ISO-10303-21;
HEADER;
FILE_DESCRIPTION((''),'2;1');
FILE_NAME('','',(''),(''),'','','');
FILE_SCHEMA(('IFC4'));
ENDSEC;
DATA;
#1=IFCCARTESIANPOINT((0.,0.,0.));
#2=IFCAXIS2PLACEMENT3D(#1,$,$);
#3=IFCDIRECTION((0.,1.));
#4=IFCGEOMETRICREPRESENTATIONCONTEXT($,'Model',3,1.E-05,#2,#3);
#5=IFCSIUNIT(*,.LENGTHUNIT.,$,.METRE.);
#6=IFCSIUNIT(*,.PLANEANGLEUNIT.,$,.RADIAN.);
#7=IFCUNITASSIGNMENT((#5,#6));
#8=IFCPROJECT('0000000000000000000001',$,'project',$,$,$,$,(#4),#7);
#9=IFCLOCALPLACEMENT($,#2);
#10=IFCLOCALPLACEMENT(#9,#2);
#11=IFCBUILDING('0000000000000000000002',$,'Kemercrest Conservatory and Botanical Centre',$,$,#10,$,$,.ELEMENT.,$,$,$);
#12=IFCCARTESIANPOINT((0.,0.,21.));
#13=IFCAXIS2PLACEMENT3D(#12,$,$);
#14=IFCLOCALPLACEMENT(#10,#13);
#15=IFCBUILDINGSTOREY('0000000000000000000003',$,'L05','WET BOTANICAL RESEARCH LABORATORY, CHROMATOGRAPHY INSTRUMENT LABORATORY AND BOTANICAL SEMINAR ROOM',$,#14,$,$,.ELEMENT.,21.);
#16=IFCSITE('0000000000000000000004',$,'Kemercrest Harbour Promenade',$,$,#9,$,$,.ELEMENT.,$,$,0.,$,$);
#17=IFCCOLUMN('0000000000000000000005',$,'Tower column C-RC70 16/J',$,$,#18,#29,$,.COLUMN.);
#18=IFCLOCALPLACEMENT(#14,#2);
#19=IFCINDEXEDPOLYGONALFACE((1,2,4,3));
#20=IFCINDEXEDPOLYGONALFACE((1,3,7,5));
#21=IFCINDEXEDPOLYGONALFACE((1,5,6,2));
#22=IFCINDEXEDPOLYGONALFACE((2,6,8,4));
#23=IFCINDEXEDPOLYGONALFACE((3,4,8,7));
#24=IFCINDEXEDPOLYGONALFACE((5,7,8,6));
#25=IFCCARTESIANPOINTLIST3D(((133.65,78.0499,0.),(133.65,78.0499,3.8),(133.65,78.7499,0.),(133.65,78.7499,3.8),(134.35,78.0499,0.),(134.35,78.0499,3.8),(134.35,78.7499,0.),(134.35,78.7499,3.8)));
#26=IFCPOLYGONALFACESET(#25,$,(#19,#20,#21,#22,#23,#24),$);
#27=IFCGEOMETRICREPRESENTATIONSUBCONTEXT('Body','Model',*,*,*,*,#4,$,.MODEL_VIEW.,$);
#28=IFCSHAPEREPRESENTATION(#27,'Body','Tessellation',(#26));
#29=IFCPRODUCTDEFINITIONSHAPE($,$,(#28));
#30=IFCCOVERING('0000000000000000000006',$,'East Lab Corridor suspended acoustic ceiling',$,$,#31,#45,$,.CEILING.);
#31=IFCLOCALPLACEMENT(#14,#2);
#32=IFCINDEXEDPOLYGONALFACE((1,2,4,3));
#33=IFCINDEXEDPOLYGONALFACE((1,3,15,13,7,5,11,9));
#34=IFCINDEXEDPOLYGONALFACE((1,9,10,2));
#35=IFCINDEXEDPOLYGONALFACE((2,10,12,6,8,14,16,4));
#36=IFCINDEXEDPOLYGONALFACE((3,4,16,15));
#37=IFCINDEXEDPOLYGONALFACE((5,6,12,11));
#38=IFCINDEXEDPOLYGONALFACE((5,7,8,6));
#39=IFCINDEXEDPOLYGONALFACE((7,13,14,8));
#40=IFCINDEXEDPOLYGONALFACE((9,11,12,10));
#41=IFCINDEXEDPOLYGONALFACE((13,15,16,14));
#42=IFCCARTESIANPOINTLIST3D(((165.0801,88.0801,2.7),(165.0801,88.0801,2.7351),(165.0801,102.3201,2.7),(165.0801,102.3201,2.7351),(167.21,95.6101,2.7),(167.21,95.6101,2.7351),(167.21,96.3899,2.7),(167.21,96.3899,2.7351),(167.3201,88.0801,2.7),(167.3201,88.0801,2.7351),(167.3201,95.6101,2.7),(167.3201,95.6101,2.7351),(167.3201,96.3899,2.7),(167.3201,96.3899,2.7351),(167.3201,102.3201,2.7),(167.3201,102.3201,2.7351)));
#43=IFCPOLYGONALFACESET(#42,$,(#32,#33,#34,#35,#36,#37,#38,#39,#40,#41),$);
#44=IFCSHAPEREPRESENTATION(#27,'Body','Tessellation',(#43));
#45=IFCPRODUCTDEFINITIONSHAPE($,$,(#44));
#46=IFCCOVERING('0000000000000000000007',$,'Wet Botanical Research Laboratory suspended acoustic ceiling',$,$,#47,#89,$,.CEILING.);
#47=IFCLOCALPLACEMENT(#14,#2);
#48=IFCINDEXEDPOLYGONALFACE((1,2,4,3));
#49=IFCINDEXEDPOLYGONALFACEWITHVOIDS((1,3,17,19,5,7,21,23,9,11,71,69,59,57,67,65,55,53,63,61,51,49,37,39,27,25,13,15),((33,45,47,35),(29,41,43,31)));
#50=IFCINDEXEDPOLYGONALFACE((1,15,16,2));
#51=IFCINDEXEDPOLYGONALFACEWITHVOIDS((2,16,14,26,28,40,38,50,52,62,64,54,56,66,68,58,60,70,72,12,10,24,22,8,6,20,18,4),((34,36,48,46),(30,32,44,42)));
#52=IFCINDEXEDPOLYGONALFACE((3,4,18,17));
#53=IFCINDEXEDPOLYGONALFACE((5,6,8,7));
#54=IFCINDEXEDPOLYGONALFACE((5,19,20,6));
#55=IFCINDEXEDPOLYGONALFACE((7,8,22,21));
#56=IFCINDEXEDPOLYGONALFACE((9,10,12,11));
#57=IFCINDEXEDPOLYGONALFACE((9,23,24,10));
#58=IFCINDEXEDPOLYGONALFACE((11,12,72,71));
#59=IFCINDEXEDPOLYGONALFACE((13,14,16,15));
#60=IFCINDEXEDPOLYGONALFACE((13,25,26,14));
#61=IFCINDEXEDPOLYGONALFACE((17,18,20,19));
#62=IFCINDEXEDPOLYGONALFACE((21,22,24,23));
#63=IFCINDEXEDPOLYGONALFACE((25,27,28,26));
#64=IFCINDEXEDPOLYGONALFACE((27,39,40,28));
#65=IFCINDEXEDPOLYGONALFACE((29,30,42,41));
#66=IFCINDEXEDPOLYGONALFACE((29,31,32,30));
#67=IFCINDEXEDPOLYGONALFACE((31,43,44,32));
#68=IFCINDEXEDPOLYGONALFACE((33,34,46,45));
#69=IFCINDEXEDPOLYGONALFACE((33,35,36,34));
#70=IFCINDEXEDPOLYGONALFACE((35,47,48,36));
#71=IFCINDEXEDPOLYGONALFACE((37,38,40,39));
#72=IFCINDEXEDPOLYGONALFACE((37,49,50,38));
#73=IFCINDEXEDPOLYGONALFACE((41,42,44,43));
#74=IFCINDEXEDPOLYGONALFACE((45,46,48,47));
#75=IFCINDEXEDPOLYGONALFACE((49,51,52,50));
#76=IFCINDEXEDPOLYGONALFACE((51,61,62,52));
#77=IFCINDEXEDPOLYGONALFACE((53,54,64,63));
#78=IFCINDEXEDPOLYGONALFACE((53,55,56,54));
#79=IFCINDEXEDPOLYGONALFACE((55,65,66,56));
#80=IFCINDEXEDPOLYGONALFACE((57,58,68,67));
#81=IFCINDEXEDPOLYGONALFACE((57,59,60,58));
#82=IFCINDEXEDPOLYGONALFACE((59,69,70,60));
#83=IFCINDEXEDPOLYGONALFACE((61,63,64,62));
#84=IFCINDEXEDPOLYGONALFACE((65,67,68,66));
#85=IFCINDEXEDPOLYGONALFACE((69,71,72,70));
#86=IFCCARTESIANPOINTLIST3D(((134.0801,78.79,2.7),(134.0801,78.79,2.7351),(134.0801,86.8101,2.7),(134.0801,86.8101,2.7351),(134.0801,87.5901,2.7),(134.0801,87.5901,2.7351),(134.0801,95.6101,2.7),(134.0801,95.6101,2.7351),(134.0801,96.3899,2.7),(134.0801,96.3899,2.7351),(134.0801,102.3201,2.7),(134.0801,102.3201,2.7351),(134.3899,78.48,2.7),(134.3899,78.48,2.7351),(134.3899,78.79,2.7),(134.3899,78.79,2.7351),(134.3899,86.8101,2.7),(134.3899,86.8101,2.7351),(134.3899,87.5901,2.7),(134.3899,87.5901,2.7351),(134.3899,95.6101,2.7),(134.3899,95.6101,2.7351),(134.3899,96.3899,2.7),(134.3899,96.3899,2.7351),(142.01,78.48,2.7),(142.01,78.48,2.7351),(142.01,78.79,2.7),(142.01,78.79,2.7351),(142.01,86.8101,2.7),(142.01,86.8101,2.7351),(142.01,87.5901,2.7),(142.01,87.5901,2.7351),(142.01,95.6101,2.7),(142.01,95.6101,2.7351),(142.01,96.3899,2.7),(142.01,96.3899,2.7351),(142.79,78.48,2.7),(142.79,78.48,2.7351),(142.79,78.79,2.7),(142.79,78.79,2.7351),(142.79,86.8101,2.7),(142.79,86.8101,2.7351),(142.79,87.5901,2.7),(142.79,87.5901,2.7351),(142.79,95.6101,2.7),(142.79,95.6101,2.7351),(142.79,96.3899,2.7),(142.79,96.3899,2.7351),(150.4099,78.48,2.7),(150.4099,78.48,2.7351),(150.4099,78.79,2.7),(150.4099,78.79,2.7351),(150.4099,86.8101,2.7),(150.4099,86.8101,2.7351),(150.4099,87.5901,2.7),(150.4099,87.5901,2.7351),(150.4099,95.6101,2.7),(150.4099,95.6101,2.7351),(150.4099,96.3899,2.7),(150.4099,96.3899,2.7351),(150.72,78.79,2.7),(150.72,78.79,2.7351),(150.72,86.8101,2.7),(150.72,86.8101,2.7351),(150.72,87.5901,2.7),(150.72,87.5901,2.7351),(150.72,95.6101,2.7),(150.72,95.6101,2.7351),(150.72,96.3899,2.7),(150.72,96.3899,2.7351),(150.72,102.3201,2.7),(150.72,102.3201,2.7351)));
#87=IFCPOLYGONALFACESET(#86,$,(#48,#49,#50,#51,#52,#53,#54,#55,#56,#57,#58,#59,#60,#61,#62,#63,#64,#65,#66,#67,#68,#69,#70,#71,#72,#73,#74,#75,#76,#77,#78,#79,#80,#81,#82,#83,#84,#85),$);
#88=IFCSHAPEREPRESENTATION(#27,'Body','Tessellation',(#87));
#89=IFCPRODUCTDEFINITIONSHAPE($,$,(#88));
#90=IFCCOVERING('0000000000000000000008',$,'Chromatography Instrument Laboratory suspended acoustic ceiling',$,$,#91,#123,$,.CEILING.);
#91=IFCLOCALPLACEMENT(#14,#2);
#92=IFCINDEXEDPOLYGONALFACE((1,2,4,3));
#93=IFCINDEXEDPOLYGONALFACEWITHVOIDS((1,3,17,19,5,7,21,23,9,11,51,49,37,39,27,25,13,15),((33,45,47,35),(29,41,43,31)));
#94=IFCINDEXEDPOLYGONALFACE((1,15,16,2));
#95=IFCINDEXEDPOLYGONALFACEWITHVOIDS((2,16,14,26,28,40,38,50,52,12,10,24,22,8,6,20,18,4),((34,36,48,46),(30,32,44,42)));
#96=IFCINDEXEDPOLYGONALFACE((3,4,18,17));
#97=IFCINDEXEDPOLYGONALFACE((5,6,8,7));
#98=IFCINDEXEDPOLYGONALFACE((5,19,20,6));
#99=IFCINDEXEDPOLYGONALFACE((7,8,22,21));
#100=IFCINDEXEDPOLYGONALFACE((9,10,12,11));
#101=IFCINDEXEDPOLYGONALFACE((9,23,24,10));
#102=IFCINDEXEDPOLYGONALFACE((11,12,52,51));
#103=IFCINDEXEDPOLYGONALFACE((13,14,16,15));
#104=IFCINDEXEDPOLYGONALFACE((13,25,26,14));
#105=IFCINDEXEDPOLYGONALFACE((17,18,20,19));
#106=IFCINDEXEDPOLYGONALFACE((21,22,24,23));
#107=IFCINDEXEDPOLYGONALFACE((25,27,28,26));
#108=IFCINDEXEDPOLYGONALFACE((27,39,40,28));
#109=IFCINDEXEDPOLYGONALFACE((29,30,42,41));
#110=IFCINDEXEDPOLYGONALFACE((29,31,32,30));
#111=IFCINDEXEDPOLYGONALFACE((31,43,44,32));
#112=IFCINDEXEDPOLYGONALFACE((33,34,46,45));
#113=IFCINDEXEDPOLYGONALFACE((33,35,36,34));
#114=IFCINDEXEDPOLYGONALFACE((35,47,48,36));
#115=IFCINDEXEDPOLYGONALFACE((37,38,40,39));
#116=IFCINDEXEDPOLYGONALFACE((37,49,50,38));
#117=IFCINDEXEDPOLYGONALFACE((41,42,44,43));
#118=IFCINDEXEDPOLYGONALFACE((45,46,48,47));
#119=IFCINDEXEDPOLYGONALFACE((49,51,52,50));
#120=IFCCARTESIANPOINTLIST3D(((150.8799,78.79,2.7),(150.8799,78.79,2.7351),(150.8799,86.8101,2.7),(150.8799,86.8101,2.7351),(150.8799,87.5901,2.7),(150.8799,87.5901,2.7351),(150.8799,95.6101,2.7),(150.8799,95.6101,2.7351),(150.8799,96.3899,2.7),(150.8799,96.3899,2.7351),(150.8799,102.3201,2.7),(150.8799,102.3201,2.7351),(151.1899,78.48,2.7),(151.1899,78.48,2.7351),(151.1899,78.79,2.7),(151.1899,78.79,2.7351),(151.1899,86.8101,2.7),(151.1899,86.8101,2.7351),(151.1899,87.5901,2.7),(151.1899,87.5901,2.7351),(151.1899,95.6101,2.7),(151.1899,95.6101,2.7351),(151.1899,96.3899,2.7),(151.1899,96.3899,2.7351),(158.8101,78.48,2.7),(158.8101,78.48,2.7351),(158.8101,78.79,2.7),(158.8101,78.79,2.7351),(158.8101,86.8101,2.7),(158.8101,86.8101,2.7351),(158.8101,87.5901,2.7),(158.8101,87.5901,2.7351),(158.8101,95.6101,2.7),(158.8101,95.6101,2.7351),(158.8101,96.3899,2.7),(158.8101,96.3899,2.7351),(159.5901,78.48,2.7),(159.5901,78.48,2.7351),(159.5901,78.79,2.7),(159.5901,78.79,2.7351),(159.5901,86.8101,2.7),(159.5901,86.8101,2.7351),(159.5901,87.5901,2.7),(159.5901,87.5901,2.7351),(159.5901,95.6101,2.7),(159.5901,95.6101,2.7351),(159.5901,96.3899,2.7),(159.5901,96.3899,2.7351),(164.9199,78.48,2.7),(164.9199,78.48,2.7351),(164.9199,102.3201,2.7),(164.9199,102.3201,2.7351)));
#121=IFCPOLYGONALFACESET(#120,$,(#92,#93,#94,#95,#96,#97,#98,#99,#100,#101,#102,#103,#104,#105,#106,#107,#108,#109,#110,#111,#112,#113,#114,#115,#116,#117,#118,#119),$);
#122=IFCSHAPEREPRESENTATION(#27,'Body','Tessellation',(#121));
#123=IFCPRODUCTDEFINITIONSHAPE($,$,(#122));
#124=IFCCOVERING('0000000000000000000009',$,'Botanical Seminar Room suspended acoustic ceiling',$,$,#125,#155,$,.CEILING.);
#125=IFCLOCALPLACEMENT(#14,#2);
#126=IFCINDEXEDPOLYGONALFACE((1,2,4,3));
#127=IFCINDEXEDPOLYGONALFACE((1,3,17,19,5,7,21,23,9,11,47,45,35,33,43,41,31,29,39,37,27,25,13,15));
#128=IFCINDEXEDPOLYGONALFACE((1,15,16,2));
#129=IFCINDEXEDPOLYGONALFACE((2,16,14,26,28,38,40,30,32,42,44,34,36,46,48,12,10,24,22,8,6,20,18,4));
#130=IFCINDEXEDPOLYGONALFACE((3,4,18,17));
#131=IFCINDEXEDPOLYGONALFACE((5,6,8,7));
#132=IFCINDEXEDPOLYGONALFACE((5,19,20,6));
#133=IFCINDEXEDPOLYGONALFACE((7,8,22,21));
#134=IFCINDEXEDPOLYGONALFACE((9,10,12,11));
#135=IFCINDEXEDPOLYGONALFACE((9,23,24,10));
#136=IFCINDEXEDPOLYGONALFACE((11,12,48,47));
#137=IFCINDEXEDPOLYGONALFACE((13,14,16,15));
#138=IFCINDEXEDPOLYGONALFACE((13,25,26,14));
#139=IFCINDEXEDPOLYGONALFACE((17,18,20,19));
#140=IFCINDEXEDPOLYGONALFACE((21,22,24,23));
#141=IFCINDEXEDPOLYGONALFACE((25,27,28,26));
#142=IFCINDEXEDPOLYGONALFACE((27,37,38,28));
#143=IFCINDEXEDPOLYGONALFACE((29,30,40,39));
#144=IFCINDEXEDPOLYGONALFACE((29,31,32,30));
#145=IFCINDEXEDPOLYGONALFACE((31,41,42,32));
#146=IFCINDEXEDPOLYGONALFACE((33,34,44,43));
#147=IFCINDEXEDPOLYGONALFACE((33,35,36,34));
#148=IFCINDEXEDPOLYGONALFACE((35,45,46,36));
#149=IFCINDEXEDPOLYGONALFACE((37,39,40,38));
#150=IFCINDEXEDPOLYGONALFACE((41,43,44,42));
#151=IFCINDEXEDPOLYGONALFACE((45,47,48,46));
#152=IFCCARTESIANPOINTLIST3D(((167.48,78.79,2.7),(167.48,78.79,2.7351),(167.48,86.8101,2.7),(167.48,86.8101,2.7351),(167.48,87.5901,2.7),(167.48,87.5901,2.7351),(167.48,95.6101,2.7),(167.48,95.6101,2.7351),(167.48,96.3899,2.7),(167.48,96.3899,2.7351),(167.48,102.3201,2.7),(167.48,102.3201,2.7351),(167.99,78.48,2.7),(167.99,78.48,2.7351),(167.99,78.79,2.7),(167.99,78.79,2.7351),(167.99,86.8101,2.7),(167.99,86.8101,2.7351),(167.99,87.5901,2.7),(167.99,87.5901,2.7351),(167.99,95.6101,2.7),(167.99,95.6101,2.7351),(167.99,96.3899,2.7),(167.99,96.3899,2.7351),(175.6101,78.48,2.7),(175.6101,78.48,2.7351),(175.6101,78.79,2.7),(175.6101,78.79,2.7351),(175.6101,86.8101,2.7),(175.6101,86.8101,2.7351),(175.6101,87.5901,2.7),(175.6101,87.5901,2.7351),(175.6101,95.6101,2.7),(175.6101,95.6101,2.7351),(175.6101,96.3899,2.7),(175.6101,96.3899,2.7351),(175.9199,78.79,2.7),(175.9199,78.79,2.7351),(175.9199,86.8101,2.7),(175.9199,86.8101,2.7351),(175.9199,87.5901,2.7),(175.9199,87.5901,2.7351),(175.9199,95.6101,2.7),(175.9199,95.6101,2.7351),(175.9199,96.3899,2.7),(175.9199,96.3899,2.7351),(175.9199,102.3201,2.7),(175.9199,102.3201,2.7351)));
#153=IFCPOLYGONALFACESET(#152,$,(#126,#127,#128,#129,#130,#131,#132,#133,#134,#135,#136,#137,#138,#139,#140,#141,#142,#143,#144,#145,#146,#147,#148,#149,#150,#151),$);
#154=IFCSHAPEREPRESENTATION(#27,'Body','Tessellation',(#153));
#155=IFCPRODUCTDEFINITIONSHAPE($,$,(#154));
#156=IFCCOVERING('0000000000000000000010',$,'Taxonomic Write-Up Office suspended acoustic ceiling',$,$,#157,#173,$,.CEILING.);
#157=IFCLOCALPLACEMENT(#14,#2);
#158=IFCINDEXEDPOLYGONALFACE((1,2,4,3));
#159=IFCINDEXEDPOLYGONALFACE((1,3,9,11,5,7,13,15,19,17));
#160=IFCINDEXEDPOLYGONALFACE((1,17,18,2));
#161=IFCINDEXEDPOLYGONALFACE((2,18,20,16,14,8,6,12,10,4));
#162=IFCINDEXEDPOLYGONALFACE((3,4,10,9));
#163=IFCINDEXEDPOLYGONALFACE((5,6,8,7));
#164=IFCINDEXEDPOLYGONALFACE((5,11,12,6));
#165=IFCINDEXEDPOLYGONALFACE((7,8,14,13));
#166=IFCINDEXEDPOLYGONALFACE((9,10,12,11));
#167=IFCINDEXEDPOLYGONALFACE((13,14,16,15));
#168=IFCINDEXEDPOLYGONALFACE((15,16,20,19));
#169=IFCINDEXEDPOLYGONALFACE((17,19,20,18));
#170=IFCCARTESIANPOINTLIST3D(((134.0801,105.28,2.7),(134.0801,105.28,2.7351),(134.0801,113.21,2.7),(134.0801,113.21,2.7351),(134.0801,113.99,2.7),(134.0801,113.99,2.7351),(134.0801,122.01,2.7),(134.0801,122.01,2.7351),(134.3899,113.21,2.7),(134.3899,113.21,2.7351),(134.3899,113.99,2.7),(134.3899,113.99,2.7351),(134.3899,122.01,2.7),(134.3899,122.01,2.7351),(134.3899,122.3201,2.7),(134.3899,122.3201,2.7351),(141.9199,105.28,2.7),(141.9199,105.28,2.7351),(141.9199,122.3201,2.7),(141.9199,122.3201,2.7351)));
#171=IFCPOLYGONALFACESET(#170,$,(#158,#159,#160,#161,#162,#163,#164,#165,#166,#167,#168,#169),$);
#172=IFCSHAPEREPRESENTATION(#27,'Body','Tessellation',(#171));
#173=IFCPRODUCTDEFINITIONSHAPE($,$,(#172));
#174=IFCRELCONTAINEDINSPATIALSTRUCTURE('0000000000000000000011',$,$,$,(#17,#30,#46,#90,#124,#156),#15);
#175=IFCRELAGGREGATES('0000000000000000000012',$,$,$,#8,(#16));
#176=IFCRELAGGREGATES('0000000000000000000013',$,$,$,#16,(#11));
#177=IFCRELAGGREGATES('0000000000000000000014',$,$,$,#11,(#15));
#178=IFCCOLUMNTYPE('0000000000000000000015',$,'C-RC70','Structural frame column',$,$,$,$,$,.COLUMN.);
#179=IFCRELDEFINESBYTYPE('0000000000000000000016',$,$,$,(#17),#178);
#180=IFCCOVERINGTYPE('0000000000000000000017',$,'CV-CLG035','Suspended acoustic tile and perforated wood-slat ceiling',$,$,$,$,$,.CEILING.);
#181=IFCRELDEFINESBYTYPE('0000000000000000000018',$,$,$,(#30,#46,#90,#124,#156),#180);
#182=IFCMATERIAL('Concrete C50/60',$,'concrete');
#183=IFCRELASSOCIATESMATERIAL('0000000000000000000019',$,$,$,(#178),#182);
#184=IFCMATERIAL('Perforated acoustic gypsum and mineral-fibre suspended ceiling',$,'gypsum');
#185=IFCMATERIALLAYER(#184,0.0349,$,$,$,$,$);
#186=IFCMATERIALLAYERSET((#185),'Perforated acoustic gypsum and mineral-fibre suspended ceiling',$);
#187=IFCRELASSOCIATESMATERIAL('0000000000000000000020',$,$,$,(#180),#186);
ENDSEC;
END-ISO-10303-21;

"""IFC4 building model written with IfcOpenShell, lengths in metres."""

from ifc_helpers import new_model, si_unit, direction, frame, origin, origin_2d, place, context, subcontext, project, spatial, polyline, rectangle, outline, extrude, material, layer, layer_set, material_profile, profile_set, type_object, element, save


model = new_model("IFC4")

# Units and contexts
model_context = context("Model", 3, precision=1e-05, world=origin(), true_north=direction((0.0, 1.0)))
body_context = subcontext(model_context, "Body", "Model", "MODEL_VIEW")
ifc_project = project(units=[si_unit("LENGTHUNIT", "METRE"), si_unit("PLANEANGLEUNIT", "RADIAN")], contexts=[model_context])

# Site, building, storey
site_placement = place(None, origin())
site = spatial("IfcSite", under=ifc_project, at=site_placement, Name="Kemercrest Harbour Promenade", CompositionType="ELEMENT", RefElevation=0.0)
building_placement = place(site_placement, origin())
building = spatial("IfcBuilding", under=site, at=building_placement, Name="Kemercrest Conservatory and Botanical Centre", CompositionType="ELEMENT")
storey_placement = place(building_placement, frame((0.0, 0.0, 21.0)))
storey = spatial("IfcBuildingStorey", under=building, at=storey_placement, Name="L05", Description="WET BOTANICAL RESEARCH LABORATORY, CHROMATOGRAPHY INSTRUMENT LABORATORY AND BOTANICAL SEMINAR ROOM", CompositionType="ELEMENT", Elevation=21.0)

# Column
ifc_material_1 = material(Name="Concrete C50/60", Category="concrete")
ifc_material_profile = material_profile(ifc_material_1, rectangle(XDim=0.7, YDim=0.7, at=origin_2d()), Name="RC 700x700")
ifc_profile_set = profile_set([ifc_material_profile], Name="Concrete C50/60")
column_type = type_object("IfcColumnType", Name="C-RC70", Description="Structural frame column", PredefinedType="COLUMN", material=ifc_profile_set)
column_placement = place(storey_placement, frame((134.0, 78.3999, 0.0), z_axis=(0.0, 0.0, 1.0), x_axis=(1.0, 0.0, 0.0)))
element("IfcColumn", 1, at=column_placement, inside=storey, type_object=column_type, Name="Tower column C-RC70 16/J", PredefinedType="COLUMN", context=body_context, shape_type="SweptSolid", body=[
    extrude(rectangle(XDim=0.7, YDim=0.7, at=origin_2d()), origin(), (0.0, 0.0, 1.0), 3.8),
])

# Coverings
ifc_material_2 = material(Name="Perforated acoustic gypsum and mineral-fibre suspended ceiling", Category="gypsum")
ifc_layer_1 = layer(ifc_material_2, 0.0349)
ifc_layer_set_1 = layer_set([ifc_layer_1], Name="Perforated acoustic gypsum and mineral-fibre suspended ceiling")
covering_type_1 = type_object("IfcCoveringType", Name="CV-CLG035", Description="Suspended acoustic tile and perforated wood-slat ceiling", PredefinedType="CEILING", material=ifc_layer_set_1)
covering_1_placement = place(storey_placement, frame((0.0, 0.0, 2.7)))
element("IfcCovering", 2, at=covering_1_placement, inside=storey, type_object=covering_type_1, Name="East Lab Corridor suspended acoustic ceiling", PredefinedType="CEILING", context=body_context, shape_type="SweptSolid", body=[
    extrude(outline(polyline([(165.0801, 88.0801), (167.3201, 88.0801), (167.3201, 95.6101), (167.21, 95.6101), (167.21, 96.3899), (167.3201, 96.3899), (167.3201, 102.3201), (165.0801, 102.3201), (165.0801, 88.0801)])), origin(), (0.0, 0.0, 1.0), 0.0352),
])
covering_2_placement = place(storey_placement, frame((0.0, 0.0, 2.7)))
element("IfcCovering", 3, at=covering_2_placement, inside=storey, type_object=covering_type_1, Name="Wet Botanical Research Laboratory suspended acoustic ceiling", PredefinedType="CEILING", context=body_context, shape_type="SweptSolid", body=[
    extrude(outline(polyline([(142.01, 78.79), (142.79, 78.79), (142.79, 78.48), (150.4099, 78.48), (150.4099, 78.79), (150.72, 78.79), (150.72, 86.8101), (150.4099, 86.8101), (150.4099, 87.5901), (150.72, 87.5901), (150.72, 95.6101), (150.4099, 95.6101), (150.4099, 96.3899), (150.72, 96.3899), (150.72, 102.3201), (134.0801, 102.3201), (134.0801, 96.3899), (134.3899, 96.3899), (134.3899, 95.6101), (134.0801, 95.6101), (134.0801, 87.5901), (134.3899, 87.5901), (134.3899, 86.8101), (134.0801, 86.8101), (134.0801, 78.79), (134.3899, 78.79), (134.3899, 78.48), (142.01, 78.48), (142.01, 78.79)]), holes=[polyline([(142.01, 87.5901), (142.79, 87.5901), (142.79, 86.8101), (142.01, 86.8101), (142.01, 87.5901)]), polyline([(142.79, 96.3899), (142.79, 95.6101), (142.01, 95.6101), (142.01, 96.3899), (142.79, 96.3899)])]), origin(), (0.0, 0.0, 1.0), 0.0352),
])
covering_3_placement = place(storey_placement, frame((0.0, 0.0, 2.7)))
element("IfcCovering", 4, at=covering_3_placement, inside=storey, type_object=covering_type_1, Name="Chromatography Instrument Laboratory suspended acoustic ceiling", PredefinedType="CEILING", context=body_context, shape_type="SweptSolid", body=[
    extrude(outline(polyline([(158.8101, 78.79), (159.5901, 78.79), (159.5901, 78.48), (164.9199, 78.48), (164.9199, 102.3201), (150.8799, 102.3201), (150.8799, 96.3899), (151.1899, 96.3899), (151.1899, 95.6101), (150.8799, 95.6101), (150.8799, 87.5901), (151.1899, 87.5901), (151.1899, 86.8101), (150.8799, 86.8101), (150.8799, 78.79), (151.1899, 78.79), (151.1899, 78.48), (158.8101, 78.48), (158.8101, 78.79)]), holes=[polyline([(158.8101, 87.5901), (159.5901, 87.5901), (159.5901, 86.8101), (158.8101, 86.8101), (158.8101, 87.5901)]), polyline([(158.8101, 96.3899), (159.5901, 96.3899), (159.5901, 95.6101), (158.8101, 95.6101), (158.8101, 96.3899)])]), origin(), (0.0, 0.0, 1.0), 0.0352),
])
covering_4_placement = place(storey_placement, frame((0.0, 0.0, 2.7)))
element("IfcCovering", 5, at=covering_4_placement, inside=storey, type_object=covering_type_1, Name="Botanical Seminar Room suspended acoustic ceiling", PredefinedType="CEILING", context=body_context, shape_type="SweptSolid", body=[
    extrude(outline(polyline([(167.99, 78.48), (175.6101, 78.48), (175.6101, 78.79), (175.9199, 78.79), (175.9199, 86.8101), (175.6101, 86.8101), (175.6101, 87.5901), (175.9199, 87.5901), (175.9199, 95.6101), (175.6101, 95.6101), (175.6101, 96.3899), (175.9199, 96.3899), (175.9199, 102.3201), (167.48, 102.3201), (167.48, 96.3899), (167.99, 96.3899), (167.99, 95.6101), (167.48, 95.6101), (167.48, 87.5901), (167.99, 87.5901), (167.99, 86.8101), (167.48, 86.8101), (167.48, 78.79), (167.99, 78.79), (167.99, 78.48)])), origin(), (0.0, 0.0, 1.0), 0.0352),
])
covering_5_placement = place(storey_placement, frame((0.0, 0.0, 2.7)))
element("IfcCovering", 6, at=covering_5_placement, inside=storey, type_object=covering_type_1, Name="Taxonomic Write-Up Office suspended acoustic ceiling", PredefinedType="CEILING", context=body_context, shape_type="SweptSolid", body=[
    extrude(outline(polyline([(134.0801, 105.28), (141.9199, 105.28), (141.9199, 122.3201), (134.3899, 122.3201), (134.3899, 122.01), (134.0801, 122.01), (134.0801, 113.99), (134.3899, 113.99), (134.3899, 113.21), (134.0801, 113.21), (134.0801, 105.28)])), origin(), (0.0, 0.0, 1.0), 0.0352),
])

save(model, "model.ifc")
